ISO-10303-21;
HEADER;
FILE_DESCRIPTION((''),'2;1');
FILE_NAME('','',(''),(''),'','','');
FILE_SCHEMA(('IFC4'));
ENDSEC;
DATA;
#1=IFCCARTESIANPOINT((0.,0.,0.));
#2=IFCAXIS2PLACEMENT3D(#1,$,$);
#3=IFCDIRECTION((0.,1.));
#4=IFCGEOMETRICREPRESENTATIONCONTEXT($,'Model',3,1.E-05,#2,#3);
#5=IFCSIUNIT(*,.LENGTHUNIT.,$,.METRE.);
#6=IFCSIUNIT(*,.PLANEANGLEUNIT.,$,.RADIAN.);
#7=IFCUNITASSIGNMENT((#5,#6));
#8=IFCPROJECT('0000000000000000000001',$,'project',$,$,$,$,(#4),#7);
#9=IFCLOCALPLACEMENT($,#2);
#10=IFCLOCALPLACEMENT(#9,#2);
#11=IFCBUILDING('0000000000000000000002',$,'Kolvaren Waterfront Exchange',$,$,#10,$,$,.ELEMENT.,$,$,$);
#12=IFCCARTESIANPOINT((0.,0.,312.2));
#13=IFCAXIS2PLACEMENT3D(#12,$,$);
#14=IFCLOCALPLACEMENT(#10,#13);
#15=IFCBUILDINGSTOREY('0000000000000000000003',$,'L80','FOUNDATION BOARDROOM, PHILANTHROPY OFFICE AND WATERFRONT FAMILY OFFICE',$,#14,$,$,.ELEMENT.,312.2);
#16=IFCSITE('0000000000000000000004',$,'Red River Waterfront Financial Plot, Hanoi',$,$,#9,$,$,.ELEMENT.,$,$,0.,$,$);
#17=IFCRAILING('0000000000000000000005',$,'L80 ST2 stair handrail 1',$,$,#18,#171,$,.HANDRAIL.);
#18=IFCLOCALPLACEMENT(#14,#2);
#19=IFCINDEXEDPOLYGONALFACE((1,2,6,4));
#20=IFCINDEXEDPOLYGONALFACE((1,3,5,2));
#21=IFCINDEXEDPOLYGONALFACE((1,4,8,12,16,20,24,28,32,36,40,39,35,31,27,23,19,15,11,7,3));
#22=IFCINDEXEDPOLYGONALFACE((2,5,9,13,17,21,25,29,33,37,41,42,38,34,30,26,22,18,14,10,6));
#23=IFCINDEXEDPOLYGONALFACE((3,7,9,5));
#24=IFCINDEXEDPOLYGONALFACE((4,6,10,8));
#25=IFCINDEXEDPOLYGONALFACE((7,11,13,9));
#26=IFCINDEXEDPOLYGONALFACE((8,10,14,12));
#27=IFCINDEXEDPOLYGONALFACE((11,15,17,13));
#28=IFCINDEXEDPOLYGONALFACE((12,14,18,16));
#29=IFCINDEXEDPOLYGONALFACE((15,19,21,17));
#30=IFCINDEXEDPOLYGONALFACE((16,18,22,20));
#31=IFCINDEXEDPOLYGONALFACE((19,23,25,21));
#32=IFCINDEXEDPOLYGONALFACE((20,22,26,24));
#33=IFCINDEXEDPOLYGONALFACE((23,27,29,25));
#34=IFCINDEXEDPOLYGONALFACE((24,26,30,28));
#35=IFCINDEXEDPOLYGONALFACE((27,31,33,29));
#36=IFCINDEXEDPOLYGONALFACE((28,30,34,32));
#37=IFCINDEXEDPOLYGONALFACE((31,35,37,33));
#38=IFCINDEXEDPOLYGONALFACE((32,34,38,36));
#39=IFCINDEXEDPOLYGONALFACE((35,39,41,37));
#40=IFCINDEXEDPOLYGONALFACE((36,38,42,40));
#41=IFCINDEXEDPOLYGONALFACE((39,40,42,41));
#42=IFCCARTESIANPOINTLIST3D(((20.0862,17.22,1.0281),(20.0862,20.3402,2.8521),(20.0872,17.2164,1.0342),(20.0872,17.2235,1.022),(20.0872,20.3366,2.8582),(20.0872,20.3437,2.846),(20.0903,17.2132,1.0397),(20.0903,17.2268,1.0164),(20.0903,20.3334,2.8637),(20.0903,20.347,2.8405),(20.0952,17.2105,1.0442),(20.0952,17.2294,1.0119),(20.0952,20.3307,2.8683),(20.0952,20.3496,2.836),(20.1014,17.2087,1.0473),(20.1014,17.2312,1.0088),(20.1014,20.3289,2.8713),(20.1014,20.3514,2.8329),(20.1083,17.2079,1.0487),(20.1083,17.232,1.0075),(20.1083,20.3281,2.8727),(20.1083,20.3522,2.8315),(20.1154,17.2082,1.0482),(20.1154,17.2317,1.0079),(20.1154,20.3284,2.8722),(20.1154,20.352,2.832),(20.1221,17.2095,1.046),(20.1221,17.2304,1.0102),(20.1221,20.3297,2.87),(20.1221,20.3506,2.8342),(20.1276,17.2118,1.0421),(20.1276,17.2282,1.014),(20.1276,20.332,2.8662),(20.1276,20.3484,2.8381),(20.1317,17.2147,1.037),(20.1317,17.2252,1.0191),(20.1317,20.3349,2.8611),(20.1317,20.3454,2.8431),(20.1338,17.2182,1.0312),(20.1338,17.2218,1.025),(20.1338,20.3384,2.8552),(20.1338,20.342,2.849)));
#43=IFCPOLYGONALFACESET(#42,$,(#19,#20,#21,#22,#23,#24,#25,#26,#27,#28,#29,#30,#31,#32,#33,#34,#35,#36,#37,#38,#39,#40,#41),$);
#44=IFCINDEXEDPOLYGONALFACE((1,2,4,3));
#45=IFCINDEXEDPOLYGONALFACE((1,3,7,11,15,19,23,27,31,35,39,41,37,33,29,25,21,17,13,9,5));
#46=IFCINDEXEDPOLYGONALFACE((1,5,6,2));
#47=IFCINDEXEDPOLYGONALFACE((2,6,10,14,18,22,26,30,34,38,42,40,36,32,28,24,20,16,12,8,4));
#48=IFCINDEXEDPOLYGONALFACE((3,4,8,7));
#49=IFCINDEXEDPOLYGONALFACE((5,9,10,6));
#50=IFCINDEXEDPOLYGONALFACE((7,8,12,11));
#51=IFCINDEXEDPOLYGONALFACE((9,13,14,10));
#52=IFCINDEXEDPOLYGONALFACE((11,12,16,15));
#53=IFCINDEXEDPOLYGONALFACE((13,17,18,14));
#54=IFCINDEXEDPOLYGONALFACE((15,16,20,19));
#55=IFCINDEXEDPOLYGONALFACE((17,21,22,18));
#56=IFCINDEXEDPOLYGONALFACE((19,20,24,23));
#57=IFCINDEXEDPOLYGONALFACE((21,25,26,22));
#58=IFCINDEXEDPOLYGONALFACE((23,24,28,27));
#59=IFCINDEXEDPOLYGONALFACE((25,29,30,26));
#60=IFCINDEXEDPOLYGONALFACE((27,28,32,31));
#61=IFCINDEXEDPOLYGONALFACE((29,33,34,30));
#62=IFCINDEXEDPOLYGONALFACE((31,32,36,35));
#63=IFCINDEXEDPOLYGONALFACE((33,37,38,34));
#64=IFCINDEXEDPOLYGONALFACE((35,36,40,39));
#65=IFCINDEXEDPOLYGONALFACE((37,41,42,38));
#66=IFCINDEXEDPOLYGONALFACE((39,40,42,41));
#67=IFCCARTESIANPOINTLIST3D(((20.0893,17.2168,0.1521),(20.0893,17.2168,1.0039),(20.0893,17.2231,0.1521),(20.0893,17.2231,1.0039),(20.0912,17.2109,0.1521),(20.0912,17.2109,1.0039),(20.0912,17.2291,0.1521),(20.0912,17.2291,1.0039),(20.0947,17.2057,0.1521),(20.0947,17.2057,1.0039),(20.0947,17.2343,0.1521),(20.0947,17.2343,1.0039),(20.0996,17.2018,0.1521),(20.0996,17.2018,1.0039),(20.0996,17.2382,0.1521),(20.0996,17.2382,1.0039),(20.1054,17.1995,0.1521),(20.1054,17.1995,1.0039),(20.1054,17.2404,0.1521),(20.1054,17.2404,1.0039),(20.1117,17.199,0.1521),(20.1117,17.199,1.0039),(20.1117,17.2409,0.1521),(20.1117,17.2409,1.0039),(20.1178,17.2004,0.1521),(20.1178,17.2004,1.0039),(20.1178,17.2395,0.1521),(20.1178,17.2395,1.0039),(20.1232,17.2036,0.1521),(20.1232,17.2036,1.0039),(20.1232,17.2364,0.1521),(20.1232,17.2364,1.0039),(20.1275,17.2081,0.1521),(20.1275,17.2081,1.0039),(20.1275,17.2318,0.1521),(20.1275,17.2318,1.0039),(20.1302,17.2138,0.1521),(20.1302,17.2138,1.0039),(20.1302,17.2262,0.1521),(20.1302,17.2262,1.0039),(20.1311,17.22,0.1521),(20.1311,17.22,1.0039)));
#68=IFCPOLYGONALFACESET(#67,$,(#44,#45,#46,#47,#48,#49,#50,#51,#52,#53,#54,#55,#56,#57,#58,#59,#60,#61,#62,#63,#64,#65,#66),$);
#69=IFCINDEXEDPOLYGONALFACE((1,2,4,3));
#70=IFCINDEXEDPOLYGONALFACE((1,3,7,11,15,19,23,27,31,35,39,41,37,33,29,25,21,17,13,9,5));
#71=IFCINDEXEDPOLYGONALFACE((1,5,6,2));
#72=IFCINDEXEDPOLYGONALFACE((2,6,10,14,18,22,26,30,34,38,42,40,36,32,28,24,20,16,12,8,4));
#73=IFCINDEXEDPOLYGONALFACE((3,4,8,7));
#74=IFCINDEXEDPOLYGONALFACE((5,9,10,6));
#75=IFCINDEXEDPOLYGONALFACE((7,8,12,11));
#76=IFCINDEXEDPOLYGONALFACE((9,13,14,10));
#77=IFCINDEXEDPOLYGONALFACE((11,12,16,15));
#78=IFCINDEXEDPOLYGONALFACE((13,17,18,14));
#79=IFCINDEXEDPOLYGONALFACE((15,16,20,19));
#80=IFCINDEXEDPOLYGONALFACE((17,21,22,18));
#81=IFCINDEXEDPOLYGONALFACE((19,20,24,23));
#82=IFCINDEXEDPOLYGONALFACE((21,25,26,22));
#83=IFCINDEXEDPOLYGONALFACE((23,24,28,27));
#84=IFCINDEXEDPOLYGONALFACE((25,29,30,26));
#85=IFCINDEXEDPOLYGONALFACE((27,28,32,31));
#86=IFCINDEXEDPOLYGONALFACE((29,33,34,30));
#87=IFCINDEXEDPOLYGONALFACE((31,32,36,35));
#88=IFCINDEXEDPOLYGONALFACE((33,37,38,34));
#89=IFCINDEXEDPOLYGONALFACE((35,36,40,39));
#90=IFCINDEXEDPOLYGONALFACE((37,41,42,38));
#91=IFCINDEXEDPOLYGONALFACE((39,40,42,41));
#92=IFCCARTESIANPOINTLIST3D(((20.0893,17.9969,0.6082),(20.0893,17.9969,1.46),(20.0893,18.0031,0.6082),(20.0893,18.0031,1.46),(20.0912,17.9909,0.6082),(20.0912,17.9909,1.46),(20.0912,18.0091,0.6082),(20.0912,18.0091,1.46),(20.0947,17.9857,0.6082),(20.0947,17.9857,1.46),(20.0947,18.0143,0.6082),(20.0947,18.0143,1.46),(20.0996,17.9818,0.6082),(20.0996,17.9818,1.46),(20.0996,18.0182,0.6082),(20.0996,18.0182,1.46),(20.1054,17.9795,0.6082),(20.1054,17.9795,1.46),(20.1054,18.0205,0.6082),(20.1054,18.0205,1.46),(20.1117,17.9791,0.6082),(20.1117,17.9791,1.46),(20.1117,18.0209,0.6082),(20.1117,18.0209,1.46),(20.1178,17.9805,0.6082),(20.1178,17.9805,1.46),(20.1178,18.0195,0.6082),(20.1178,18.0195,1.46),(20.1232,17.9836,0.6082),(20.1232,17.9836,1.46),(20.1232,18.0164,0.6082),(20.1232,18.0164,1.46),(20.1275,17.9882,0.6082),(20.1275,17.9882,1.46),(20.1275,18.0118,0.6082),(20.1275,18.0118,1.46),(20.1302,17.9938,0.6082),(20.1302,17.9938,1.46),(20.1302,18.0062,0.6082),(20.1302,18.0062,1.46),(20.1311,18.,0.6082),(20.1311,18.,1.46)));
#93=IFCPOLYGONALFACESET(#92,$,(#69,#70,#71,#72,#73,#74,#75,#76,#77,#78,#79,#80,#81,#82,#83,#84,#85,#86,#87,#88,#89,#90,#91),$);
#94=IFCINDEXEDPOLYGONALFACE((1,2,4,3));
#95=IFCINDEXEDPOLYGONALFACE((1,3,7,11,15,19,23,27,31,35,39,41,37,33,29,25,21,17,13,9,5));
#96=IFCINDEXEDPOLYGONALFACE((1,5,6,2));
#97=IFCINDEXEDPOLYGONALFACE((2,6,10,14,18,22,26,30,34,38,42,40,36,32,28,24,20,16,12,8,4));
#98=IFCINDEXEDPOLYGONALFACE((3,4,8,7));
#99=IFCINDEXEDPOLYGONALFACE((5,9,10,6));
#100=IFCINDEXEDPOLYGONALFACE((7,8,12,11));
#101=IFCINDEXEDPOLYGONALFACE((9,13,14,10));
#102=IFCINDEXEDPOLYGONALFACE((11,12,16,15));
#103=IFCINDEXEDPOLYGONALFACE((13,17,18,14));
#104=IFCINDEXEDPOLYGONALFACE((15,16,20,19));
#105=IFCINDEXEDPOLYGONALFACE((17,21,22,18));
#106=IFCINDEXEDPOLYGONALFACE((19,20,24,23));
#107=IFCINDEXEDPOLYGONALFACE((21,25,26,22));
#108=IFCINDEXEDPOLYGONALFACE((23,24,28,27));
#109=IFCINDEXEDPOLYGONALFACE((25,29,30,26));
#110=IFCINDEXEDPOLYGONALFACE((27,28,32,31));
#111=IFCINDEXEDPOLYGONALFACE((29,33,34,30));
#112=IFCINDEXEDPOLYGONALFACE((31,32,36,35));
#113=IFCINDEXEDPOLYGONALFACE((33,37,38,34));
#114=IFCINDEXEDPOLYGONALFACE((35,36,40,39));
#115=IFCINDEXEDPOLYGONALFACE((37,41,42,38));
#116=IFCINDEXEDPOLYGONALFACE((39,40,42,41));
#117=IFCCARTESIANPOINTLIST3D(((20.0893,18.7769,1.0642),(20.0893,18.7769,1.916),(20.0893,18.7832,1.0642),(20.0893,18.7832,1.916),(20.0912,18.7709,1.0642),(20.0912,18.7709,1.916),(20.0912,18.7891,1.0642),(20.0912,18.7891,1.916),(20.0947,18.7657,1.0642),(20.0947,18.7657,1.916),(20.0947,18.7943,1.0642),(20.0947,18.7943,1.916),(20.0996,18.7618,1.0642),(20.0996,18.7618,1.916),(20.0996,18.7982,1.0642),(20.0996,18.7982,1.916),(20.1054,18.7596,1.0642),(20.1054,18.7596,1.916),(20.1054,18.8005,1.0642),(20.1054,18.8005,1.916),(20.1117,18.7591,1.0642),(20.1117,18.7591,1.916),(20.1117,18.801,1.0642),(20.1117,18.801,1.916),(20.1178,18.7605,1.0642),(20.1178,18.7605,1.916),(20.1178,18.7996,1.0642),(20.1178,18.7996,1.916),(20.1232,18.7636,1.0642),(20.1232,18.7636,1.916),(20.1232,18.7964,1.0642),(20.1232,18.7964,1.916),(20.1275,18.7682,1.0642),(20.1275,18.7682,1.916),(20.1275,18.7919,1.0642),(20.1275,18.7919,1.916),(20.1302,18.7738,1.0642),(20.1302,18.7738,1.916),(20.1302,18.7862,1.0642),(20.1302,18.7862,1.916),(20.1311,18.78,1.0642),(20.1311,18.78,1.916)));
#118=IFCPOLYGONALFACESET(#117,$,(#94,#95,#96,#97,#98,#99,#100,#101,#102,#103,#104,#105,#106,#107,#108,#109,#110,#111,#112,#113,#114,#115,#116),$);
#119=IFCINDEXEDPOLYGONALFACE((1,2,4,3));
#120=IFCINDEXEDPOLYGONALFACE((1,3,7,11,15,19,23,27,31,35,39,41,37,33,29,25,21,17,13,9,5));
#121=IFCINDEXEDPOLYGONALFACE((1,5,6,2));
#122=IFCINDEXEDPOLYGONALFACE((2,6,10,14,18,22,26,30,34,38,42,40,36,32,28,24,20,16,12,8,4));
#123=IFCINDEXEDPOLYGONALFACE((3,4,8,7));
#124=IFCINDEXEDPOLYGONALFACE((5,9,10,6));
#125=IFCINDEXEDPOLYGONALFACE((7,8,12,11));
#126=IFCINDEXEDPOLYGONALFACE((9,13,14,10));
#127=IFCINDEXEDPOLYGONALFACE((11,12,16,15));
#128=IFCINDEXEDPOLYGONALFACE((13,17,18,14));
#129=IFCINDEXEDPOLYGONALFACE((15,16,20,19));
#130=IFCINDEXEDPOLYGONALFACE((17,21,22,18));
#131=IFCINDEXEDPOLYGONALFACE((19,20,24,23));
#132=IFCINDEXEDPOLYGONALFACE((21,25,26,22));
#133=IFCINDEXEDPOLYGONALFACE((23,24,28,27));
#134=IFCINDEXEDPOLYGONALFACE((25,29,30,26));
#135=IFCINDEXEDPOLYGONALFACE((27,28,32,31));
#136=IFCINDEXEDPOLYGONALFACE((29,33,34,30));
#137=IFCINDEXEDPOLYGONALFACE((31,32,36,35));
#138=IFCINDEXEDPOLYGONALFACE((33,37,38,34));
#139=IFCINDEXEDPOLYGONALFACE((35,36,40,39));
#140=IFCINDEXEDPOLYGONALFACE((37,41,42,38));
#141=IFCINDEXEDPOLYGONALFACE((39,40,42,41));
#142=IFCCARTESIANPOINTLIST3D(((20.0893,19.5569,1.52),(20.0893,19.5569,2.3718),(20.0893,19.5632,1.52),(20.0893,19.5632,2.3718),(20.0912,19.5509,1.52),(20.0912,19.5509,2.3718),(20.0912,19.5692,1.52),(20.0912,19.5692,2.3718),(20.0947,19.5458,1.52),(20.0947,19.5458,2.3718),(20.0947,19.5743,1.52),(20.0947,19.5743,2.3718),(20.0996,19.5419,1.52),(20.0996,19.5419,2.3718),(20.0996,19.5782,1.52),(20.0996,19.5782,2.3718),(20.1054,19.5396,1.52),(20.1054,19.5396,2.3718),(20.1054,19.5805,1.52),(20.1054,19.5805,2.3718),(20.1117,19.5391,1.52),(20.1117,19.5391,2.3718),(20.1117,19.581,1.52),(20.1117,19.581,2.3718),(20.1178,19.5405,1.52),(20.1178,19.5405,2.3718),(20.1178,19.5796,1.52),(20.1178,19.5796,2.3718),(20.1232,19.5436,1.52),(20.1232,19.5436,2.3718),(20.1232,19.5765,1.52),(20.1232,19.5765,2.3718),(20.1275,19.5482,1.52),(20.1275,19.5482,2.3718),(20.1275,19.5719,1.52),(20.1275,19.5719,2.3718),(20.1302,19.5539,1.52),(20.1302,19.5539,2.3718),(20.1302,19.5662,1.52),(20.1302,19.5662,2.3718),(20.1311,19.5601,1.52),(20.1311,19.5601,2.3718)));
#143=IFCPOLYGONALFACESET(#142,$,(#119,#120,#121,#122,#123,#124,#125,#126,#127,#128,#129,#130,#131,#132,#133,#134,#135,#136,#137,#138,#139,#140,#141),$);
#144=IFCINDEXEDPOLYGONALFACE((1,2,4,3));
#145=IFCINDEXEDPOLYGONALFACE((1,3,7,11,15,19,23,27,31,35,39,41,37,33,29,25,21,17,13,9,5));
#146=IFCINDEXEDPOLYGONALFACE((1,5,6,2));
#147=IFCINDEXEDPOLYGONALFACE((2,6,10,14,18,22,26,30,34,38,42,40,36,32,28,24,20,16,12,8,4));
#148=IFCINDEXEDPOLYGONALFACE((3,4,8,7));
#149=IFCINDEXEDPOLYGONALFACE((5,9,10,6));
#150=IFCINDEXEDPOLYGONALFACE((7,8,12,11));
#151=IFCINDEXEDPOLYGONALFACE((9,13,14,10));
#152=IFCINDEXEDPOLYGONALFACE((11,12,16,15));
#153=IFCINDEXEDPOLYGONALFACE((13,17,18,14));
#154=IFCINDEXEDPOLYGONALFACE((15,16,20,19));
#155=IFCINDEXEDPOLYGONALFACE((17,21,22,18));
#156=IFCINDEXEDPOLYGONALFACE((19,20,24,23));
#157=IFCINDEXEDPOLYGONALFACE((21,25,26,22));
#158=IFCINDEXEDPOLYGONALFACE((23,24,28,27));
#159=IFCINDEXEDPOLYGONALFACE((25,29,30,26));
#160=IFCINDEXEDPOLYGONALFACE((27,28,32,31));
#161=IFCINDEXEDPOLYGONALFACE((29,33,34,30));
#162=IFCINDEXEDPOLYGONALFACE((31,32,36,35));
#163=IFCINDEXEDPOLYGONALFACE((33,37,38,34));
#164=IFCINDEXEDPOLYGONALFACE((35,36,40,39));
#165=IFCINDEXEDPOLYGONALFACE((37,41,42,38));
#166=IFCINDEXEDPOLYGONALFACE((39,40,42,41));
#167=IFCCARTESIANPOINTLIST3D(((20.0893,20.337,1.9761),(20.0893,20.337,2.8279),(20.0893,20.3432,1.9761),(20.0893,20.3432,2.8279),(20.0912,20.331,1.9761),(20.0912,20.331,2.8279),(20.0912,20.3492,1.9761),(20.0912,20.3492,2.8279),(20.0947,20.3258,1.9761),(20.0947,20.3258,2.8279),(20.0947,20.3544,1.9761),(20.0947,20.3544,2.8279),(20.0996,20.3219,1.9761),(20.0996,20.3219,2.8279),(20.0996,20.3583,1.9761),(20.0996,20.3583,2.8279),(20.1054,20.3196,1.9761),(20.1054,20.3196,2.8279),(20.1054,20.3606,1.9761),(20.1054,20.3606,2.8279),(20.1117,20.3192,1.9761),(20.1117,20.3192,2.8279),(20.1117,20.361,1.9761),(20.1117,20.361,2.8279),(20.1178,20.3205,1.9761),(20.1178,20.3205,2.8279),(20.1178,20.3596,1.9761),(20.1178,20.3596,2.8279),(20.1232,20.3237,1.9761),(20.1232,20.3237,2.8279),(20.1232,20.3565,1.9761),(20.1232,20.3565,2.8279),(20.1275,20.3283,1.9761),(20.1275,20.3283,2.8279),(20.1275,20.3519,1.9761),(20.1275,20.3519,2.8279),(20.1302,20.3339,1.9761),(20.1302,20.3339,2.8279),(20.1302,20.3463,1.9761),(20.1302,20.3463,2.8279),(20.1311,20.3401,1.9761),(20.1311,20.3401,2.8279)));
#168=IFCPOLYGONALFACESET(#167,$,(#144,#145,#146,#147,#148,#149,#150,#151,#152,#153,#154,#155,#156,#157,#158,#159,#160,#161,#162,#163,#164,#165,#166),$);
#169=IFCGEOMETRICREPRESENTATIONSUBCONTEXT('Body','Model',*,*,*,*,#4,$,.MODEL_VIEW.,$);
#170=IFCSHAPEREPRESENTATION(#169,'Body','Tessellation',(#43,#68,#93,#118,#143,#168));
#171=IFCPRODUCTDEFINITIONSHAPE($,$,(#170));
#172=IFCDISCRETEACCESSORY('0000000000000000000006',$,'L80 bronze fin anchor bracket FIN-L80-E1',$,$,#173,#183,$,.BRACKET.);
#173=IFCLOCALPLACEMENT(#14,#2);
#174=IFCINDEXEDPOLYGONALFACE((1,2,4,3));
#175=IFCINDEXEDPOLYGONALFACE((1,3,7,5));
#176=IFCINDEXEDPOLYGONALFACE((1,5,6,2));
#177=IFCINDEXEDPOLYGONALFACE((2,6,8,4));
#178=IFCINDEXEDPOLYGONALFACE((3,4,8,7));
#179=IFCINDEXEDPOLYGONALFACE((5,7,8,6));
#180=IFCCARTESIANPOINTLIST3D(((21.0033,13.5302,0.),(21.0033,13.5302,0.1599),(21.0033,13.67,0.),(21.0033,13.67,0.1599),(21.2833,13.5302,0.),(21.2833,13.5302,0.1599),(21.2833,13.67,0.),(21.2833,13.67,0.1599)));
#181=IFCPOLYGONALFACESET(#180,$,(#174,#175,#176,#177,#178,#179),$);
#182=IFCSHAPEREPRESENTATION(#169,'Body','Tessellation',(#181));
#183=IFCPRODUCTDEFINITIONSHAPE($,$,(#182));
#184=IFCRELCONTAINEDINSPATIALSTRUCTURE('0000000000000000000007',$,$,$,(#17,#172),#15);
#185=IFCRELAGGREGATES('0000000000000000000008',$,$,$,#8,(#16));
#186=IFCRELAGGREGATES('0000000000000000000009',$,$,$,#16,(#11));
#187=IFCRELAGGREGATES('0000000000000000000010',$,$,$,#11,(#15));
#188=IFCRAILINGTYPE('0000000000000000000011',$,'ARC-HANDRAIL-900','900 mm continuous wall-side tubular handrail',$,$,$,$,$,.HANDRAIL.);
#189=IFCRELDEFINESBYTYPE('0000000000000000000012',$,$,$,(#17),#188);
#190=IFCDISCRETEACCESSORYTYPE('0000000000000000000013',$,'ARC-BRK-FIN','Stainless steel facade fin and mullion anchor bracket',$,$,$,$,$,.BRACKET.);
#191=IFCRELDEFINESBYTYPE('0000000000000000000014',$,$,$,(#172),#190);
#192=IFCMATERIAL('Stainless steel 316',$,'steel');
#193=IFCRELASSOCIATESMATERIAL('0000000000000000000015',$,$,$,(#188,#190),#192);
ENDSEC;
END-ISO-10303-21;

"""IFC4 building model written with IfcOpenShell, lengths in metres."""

from ifc_helpers import new_model, si_unit, direction, frame, origin, origin_with_axes, origin_2d, place, context, subcontext, project, spatial, rectangle, circle, extrude, source, transform, mapped, material, type_object, element, save


model = new_model("IFC4")

# Units and contexts
model_context = context("Model", 3, precision=1e-05, world=origin(), true_north=direction((0.0, 1.0)))
body_context = subcontext(model_context, "Body", "Model", "MODEL_VIEW")
ifc_project = project(units=[si_unit("LENGTHUNIT", "METRE"), si_unit("PLANEANGLEUNIT", "RADIAN")], contexts=[model_context])

# Site, building, storey
site_placement = place(None, origin())
site = spatial("IfcSite", under=ifc_project, at=site_placement, Name="Red River Waterfront Financial Plot, Hanoi", CompositionType="ELEMENT", RefElevation=0.0)
building_placement = place(site_placement, origin())
building = spatial("IfcBuilding", under=site, at=building_placement, Name="Kolvaren Waterfront Exchange", CompositionType="ELEMENT")
storey_placement = place(building_placement, frame((0.0, 0.0, 312.2)))
storey = spatial("IfcBuildingStorey", under=building, at=storey_placement, Name="L80", Description="FOUNDATION BOARDROOM, PHILANTHROPY OFFICE AND WATERFRONT FAMILY OFFICE", CompositionType="ELEMENT", Elevation=312.2)

# Railing
ifc_material_1 = material(Name="Stainless steel 316", Category="steel")
railing_type_1 = type_object("IfcRailingType", Name="ARC-HANDRAIL-900", Description="900 mm continuous wall-side tubular handrail", PredefinedType="HANDRAIL", material=ifc_material_1)
railing_1_placement = place(storey_placement, frame((20.1101, 17.22, 0.1521)))
element("IfcRailing", 1, at=railing_1_placement, inside=storey, type_object=railing_type_1, Name="L80 ST2 stair handrail 1", PredefinedType="HANDRAIL", context=body_context, shape_type="SweptSolid", body=[
    extrude(circle(Radius=0.0239, at=origin_2d()), frame((0.0, 0.0, 0.876), z_axis=(0.0, 0.863308, 0.504677), x_axis=(-1.0, 0.0, 0.0)), (0.0, 0.0, 1.0), 3.6143),
    extrude(circle(Radius=0.021, at=origin_2d()), origin(), (0.0, 0.0, 1.0), 0.8518),
    extrude(circle(Radius=0.021, at=origin_2d()), frame((0.0, 0.78, 0.4561)), (0.0, 0.0, 1.0), 0.8518),
    extrude(circle(Radius=0.021, at=origin_2d()), frame((0.0, 1.5601, 0.9121)), (0.0, 0.0, 1.0), 0.8518),
    extrude(circle(Radius=0.021, at=origin_2d()), frame((0.0, 2.3401, 1.3679)), (0.0, 0.0, 1.0), 0.8518),
    extrude(circle(Radius=0.021, at=origin_2d()), frame((0.0, 3.1201, 1.824)), (0.0, 0.0, 1.0), 0.8518),
])

# Discrete accessory
discrete_accessory_type = type_object("IfcDiscreteAccessoryType", Name="ARC-BRK-FIN", Description="Stainless steel facade fin and mullion anchor bracket", PredefinedType="BRACKET", material=ifc_material_1)
shared_shape = source(origin_with_axes(), body_context, "Body", "SweptSolid", [
    extrude(rectangle(XDim=0.28, YDim=0.1399, at=origin_2d()), origin(), (0.0, 0.0, 1.0), 0.1599),
])
discrete_accessory_placement = place(storey_placement, frame((21.1433, 13.6001, 0.0), z_axis=(0.0, 0.0, 1.0), x_axis=(1.0, 0.0, 0.0)))
element("IfcDiscreteAccessory", 2, at=discrete_accessory_placement, inside=storey, type_object=discrete_accessory_type, Name="L80 bronze fin anchor bracket FIN-L80-E1", PredefinedType="BRACKET", context=body_context, shape_type="MappedRepresentation", body=[
    mapped(shared_shape, transform((0.0, 0.0, 0.0), x_axis=(1.0, 0.0, 0.0), y_axis=(0.0, 1.0, 0.0), z_axis=(0.0, 0.0, 1.0), scale=1.0)),
])

save(model, "model.ifc")
